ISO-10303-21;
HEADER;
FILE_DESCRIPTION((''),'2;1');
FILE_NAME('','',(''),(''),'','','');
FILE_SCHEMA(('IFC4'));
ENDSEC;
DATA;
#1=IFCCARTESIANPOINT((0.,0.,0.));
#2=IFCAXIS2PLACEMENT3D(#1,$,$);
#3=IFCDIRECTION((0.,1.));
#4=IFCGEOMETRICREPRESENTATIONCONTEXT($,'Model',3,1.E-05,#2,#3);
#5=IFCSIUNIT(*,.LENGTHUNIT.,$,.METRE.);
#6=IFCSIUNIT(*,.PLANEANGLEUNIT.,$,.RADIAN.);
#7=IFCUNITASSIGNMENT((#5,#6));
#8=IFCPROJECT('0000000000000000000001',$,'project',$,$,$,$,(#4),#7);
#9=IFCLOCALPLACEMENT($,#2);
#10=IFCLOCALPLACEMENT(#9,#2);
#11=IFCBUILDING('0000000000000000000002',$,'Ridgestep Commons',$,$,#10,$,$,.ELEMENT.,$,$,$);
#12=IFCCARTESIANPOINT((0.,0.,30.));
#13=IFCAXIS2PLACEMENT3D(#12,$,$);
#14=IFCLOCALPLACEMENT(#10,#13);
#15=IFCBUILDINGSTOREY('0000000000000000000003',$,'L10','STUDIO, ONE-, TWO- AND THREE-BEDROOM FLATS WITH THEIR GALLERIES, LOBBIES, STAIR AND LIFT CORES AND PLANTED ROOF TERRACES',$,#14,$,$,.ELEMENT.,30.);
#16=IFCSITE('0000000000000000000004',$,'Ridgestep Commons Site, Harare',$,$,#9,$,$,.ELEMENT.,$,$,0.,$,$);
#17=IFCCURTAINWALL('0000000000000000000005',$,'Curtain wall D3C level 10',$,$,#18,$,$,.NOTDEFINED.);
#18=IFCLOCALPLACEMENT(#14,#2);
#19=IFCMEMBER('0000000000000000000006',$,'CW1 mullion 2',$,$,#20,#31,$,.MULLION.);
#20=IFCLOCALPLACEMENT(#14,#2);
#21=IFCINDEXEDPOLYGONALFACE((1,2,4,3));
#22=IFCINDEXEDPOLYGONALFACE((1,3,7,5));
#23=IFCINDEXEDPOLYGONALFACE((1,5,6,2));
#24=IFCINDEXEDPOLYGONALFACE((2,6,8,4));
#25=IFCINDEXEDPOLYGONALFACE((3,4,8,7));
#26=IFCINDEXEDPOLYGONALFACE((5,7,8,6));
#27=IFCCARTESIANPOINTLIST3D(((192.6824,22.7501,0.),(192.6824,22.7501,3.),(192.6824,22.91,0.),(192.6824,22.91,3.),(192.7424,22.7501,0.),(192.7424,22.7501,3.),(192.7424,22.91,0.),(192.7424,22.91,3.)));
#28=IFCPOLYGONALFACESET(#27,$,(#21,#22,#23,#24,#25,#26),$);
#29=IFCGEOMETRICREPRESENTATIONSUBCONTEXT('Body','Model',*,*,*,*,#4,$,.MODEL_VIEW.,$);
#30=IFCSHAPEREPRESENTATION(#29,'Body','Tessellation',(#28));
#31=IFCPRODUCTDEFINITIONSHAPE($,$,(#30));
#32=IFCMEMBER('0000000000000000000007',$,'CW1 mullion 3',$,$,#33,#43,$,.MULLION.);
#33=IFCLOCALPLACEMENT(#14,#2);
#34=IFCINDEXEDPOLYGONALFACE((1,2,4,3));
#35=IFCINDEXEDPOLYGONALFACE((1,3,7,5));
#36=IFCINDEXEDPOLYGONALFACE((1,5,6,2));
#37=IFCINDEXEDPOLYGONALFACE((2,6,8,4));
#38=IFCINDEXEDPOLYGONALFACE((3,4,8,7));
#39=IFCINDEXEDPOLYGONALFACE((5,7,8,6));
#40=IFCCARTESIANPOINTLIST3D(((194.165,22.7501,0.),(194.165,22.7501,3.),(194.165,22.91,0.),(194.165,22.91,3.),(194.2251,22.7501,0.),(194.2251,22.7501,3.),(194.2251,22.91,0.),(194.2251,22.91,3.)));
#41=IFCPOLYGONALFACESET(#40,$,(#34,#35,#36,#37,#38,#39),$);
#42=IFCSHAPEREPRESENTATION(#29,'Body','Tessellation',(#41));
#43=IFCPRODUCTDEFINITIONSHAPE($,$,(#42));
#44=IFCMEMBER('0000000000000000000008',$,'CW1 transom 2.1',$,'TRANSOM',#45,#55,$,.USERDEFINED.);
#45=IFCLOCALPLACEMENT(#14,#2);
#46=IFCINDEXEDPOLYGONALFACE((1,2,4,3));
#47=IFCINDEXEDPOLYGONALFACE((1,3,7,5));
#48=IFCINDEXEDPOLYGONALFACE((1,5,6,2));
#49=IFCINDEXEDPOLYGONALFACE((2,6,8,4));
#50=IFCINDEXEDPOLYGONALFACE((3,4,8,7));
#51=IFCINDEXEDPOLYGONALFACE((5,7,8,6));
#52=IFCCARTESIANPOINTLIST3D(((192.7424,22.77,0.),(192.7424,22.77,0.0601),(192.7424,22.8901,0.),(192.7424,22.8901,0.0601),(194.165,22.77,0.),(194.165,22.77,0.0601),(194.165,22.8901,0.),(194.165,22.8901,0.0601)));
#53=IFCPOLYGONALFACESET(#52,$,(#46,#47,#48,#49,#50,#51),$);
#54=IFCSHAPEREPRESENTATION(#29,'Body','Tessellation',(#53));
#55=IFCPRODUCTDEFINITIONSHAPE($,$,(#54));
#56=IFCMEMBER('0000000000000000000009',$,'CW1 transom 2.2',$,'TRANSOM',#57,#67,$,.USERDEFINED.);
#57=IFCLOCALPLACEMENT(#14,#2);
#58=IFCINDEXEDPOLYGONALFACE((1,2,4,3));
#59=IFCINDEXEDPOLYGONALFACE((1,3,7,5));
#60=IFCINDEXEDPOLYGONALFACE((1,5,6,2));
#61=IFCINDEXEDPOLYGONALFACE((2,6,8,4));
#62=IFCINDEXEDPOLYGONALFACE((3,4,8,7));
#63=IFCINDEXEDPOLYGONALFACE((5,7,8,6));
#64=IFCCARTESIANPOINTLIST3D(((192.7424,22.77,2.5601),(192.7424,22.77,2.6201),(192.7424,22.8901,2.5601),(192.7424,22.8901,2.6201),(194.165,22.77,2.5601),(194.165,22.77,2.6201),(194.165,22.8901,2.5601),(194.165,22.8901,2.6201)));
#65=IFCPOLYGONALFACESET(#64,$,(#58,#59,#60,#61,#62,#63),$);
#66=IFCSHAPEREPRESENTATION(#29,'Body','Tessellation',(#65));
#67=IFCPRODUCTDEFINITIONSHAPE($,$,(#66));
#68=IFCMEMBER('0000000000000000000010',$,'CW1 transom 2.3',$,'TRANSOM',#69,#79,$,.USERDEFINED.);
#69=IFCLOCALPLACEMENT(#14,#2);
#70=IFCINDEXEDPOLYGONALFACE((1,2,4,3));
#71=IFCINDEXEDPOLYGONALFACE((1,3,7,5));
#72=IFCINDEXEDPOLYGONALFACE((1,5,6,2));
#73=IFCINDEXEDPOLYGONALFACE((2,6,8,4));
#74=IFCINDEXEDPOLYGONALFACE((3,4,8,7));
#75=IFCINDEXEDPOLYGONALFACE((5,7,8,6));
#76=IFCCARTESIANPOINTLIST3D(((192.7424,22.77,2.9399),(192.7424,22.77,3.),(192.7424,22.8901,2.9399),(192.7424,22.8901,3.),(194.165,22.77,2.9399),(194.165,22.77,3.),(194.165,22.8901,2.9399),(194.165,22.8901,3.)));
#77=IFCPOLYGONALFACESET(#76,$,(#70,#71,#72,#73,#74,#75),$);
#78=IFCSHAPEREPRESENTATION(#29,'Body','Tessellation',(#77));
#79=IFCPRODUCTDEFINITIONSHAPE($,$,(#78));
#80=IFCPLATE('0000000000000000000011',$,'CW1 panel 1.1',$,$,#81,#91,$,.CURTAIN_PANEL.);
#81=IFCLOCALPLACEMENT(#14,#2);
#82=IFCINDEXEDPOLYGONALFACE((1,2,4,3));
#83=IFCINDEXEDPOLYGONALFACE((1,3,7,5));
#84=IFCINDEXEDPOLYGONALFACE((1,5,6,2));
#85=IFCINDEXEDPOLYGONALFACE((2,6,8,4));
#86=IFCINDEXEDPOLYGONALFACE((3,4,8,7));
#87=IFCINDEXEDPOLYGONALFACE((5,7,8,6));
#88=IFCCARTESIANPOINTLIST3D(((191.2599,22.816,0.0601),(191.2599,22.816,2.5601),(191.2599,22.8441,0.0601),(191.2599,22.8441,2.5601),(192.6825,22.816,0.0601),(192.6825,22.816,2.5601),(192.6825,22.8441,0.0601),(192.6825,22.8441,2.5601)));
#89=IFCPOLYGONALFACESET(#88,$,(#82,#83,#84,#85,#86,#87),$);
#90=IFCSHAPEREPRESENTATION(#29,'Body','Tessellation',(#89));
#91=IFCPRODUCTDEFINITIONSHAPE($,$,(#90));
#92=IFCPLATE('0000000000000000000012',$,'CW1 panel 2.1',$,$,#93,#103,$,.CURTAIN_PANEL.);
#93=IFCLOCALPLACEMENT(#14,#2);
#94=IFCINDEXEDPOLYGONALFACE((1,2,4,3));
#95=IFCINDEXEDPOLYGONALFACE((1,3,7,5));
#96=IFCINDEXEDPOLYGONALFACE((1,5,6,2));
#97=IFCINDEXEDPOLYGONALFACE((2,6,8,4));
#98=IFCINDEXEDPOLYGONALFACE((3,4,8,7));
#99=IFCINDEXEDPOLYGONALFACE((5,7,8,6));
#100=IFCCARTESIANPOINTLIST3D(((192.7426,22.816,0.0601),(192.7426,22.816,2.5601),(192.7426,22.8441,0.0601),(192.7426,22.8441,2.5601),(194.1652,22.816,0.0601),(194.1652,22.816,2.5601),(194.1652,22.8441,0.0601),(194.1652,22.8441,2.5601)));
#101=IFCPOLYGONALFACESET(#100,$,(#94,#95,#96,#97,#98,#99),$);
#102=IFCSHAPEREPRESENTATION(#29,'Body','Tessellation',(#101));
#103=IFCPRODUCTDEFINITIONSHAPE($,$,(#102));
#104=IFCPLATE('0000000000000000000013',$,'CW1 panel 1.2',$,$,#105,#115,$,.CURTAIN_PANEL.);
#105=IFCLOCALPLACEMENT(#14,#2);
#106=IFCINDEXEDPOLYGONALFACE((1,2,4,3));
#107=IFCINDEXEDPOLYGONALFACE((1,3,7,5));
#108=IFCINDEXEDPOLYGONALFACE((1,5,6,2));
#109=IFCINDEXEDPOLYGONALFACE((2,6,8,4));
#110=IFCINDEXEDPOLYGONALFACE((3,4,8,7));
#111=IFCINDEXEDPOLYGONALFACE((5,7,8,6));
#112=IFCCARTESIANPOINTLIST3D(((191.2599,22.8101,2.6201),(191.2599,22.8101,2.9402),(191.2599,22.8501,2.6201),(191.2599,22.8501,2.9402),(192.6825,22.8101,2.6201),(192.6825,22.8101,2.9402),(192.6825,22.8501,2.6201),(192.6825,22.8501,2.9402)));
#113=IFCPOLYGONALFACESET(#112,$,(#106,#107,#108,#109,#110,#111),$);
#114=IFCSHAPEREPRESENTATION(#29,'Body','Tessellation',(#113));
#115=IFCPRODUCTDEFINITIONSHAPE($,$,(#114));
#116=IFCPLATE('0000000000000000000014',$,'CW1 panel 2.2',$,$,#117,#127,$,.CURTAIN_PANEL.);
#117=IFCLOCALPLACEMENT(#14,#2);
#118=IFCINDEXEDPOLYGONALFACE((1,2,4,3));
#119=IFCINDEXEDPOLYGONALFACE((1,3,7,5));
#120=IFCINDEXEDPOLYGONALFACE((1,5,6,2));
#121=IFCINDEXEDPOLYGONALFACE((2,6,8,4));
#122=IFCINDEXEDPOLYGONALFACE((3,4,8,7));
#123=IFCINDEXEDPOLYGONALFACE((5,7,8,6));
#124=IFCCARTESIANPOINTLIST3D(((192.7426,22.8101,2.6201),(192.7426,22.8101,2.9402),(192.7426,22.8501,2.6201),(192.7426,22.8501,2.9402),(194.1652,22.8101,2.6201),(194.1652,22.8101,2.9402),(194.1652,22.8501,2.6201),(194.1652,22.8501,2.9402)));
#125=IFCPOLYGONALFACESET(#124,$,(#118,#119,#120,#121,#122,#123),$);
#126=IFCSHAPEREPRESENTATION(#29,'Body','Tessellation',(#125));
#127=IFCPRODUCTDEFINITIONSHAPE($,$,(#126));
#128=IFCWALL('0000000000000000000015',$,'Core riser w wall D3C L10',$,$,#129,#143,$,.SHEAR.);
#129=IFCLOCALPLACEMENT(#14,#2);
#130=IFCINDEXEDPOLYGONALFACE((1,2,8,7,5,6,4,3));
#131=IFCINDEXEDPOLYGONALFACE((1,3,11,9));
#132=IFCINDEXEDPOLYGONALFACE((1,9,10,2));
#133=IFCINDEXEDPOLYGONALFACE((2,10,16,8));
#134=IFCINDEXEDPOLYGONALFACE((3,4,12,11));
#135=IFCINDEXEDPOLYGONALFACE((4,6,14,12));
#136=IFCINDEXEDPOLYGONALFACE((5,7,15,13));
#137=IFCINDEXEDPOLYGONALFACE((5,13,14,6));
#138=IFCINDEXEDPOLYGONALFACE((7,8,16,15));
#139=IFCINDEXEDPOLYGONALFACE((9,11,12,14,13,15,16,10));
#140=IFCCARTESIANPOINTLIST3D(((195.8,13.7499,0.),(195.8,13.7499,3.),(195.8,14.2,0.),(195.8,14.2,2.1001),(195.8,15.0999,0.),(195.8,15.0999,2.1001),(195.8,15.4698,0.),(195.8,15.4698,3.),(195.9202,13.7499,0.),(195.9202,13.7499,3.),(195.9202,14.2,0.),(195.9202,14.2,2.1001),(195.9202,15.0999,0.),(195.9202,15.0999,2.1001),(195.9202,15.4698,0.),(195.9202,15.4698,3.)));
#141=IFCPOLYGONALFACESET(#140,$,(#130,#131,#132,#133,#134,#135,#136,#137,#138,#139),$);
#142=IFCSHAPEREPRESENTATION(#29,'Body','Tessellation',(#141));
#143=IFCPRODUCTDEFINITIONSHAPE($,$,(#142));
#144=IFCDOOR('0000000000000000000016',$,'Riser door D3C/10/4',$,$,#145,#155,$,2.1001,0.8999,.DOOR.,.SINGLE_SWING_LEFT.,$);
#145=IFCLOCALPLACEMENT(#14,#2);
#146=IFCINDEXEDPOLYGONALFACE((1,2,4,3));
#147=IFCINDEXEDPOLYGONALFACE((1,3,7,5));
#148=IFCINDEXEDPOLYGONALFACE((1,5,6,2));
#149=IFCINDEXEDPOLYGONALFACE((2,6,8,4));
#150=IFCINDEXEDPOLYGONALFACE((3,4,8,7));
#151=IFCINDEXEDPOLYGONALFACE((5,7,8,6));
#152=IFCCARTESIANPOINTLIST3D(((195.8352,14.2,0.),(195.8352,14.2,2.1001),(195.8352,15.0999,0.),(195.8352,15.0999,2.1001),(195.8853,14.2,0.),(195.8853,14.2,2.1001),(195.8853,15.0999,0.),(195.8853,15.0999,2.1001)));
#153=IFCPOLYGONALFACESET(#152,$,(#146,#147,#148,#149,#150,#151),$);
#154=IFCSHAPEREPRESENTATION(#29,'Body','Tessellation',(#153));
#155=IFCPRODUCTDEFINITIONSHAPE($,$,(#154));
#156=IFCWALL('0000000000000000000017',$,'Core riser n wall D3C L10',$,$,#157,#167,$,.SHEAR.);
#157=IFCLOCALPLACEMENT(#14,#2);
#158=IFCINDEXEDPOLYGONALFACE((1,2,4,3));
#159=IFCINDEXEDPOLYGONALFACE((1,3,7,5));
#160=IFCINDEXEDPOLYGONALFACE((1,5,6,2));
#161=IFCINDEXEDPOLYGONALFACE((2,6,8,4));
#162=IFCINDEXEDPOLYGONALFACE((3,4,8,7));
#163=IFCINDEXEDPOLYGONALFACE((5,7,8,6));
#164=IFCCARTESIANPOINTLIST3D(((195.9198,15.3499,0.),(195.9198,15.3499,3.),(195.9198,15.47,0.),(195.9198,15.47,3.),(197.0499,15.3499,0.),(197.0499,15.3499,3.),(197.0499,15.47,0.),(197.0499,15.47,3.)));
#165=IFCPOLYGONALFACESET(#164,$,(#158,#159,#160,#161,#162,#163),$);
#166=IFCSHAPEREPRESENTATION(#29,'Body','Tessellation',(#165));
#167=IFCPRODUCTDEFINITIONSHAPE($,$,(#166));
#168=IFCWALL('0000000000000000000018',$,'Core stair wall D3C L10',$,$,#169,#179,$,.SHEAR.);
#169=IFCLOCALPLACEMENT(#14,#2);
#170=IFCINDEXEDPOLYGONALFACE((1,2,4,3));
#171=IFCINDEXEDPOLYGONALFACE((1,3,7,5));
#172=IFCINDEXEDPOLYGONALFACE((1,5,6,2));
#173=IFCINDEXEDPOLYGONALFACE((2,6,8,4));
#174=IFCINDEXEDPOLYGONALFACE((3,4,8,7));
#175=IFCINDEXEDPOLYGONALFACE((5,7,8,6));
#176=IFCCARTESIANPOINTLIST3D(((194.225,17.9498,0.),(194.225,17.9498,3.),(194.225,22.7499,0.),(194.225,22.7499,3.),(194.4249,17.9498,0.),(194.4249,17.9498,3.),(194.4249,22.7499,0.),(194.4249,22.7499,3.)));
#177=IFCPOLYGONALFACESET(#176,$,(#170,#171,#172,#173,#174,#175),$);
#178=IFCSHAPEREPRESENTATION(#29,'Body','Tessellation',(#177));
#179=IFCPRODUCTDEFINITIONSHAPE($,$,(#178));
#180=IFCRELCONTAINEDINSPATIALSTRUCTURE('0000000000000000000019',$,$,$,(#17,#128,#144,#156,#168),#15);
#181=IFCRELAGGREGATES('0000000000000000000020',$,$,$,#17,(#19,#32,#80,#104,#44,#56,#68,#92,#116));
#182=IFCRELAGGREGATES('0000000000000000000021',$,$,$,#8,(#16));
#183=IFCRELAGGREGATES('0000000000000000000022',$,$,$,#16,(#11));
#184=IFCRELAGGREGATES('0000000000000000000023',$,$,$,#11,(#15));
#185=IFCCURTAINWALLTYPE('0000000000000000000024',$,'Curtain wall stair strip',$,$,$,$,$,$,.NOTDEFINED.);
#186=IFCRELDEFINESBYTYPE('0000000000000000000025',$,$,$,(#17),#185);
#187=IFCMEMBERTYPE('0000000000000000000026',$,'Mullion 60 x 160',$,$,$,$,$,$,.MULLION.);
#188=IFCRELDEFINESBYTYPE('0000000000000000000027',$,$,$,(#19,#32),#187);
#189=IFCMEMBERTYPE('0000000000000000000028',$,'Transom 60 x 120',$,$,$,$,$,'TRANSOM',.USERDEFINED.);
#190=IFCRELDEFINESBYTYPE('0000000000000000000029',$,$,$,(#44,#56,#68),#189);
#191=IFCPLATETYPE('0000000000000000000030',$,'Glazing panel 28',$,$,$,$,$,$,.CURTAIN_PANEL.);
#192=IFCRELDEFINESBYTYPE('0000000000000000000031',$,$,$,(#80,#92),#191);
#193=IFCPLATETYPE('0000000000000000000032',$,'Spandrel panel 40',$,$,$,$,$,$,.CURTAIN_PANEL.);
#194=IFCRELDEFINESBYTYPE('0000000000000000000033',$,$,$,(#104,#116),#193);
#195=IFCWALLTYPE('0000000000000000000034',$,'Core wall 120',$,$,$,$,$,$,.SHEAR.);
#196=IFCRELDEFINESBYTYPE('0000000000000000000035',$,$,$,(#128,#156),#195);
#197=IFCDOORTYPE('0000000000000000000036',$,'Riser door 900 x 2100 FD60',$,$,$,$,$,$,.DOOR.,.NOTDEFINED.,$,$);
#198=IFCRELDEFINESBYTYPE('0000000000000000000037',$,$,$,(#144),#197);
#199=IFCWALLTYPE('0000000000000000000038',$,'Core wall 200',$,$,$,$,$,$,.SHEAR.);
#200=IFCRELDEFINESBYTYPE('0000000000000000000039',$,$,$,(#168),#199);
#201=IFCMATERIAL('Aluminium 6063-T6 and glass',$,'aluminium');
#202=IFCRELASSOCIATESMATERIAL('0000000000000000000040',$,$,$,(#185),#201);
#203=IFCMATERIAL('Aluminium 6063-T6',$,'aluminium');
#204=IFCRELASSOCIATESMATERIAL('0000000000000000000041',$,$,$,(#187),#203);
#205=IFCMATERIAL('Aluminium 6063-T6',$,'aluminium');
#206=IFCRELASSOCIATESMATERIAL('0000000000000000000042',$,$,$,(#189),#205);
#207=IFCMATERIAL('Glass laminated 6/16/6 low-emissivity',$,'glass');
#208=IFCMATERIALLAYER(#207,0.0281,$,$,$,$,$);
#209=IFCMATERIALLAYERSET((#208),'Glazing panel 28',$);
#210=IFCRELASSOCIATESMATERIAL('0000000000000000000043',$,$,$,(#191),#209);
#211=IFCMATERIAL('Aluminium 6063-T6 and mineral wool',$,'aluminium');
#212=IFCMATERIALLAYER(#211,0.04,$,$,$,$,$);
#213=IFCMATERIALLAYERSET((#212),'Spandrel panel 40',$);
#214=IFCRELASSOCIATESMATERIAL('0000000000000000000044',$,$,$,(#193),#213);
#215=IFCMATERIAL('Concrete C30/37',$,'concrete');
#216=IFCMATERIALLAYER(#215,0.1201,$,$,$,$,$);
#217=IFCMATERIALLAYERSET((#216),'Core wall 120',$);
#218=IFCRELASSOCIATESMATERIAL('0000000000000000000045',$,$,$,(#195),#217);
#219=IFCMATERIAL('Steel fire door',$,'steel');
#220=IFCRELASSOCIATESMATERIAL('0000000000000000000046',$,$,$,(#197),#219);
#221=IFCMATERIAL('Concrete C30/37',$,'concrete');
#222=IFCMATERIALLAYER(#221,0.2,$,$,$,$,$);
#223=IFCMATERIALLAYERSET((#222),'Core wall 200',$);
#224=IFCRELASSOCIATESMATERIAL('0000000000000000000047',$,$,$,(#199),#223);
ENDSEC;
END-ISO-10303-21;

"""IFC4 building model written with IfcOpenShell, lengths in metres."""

from ifc_helpers import new_model, si_unit, direction, frame, frame_2d, origin, origin_2d, place, context, subcontext, project, spatial, rectangle, extrude, material, layer, layer_set, material_profile, profile_set, type_object, element, fill, aggregate, save


model = new_model("IFC4")

# Units and contexts
model_context = context("Model", 3, precision=1e-05, world=origin(), true_north=direction((0.0, 1.0)))
body_context = subcontext(model_context, "Body", "Model", "MODEL_VIEW")
ifc_project = project(units=[si_unit("LENGTHUNIT", "METRE"), si_unit("PLANEANGLEUNIT", "RADIAN")], contexts=[model_context])

# Site, building, storey
site_placement = place(None, origin())
site = spatial("IfcSite", under=ifc_project, at=site_placement, Name="Ridgestep Commons Site, Harare", CompositionType="ELEMENT", RefElevation=0.0)
building_placement = place(site_placement, origin())
building = spatial("IfcBuilding", under=site, at=building_placement, Name="Ridgestep Commons", CompositionType="ELEMENT")
storey_placement = place(building_placement, frame((0.0, 0.0, 30.0)))
storey = spatial("IfcBuildingStorey", under=building, at=storey_placement, Name="L10", Description="STUDIO, ONE-, TWO- AND THREE-BEDROOM FLATS WITH THEIR GALLERIES, LOBBIES, STAIR AND LIFT CORES AND PLANTED ROOF TERRACES", CompositionType="ELEMENT", Elevation=30.0)

# Curtain wall, members, plates
ifc_material_1 = material(Name="Aluminium 6063-T6 and glass", Category="aluminium")
curtain_wall_type = type_object("IfcCurtainWallType", Name="Curtain wall stair strip", PredefinedType="NOTDEFINED", material=ifc_material_1)
curtain_wall_placement = place(storey_placement, origin())
curtain_wall = element("IfcCurtainWall", 1, at=curtain_wall_placement, inside=storey, type_object=curtain_wall_type, Name="Curtain wall D3C level 10", PredefinedType="NOTDEFINED")
ifc_material_2 = material(Name="Aluminium 6063-T6", Category="aluminium")
ifc_material_profile_1 = material_profile(ifc_material_2, rectangle(XDim=0.1599, YDim=0.0601, at=origin_2d()), Name="Mullion 60 x 160")
ifc_profile_set_1 = profile_set([ifc_material_profile_1], Name="Aluminium 6063-T6")
member_type_1 = type_object("IfcMemberType", Name="Mullion 60 x 160", PredefinedType="MULLION", material=ifc_profile_set_1)
member_1_placement = place(storey_placement, frame((192.7124, 22.8301, 0.0), z_axis=(0.0, 0.0, 1.0), x_axis=(0.0, 1.0, 0.0)))
member_1 = element("IfcMember", 2, at=member_1_placement, type_object=member_type_1, Name="CW1 mullion 2", PredefinedType="MULLION", context=body_context, shape_type="SweptSolid", body=[
    extrude(rectangle(XDim=0.1599, YDim=0.0601, at=origin_2d()), origin(), (0.0, 0.0, 1.0), 3.0),
])
member_2_placement = place(storey_placement, frame((194.1951, 22.8301, 0.0), z_axis=(0.0, 0.0, 1.0), x_axis=(0.0, 1.0, 0.0)))
member_2 = element("IfcMember", 3, at=member_2_placement, type_object=member_type_1, Name="CW1 mullion 3", PredefinedType="MULLION", context=body_context, shape_type="SweptSolid", body=[
    extrude(rectangle(XDim=0.1599, YDim=0.0601, at=origin_2d()), origin(), (0.0, 0.0, 1.0), 3.0),
])
ifc_material_3 = material(Name="Aluminium 6063-T6", Category="aluminium")
ifc_material_profile_2 = material_profile(ifc_material_3, rectangle(XDim=0.1201, YDim=0.0601, at=origin_2d()), Name="Transom 60 x 120")
ifc_profile_set_2 = profile_set([ifc_material_profile_2], Name="Aluminium 6063-T6")
member_type_2 = type_object("IfcMemberType", Name="Transom 60 x 120", ElementType="TRANSOM", PredefinedType="USERDEFINED", material=ifc_profile_set_2)
member_3_placement = place(storey_placement, frame((192.7424, 22.8301, 0.03), z_axis=(1.0, 0.0, 0.0), x_axis=(0.0, 1.0, 0.0)))
member_3 = element("IfcMember", 4, at=member_3_placement, type_object=member_type_2, Name="CW1 transom 2.1", ObjectType="TRANSOM", PredefinedType="USERDEFINED", context=body_context, shape_type="SweptSolid", body=[
    extrude(rectangle(XDim=0.1201, YDim=0.0601, at=origin_2d()), origin(), (0.0, 0.0, 1.0), 1.4226),
])
member_4_placement = place(storey_placement, frame((192.7424, 22.8301, 2.5901), z_axis=(1.0, 0.0, 0.0), x_axis=(0.0, 1.0, 0.0)))
member_4 = element("IfcMember", 5, at=member_4_placement, type_object=member_type_2, Name="CW1 transom 2.2", ObjectType="TRANSOM", PredefinedType="USERDEFINED", context=body_context, shape_type="SweptSolid", body=[
    extrude(rectangle(XDim=0.1201, YDim=0.0601, at=origin_2d()), origin(), (0.0, 0.0, 1.0), 1.4226),
])
member_5_placement = place(storey_placement, frame((192.7424, 22.8301, 2.97), z_axis=(1.0, 0.0, 0.0), x_axis=(0.0, 1.0, 0.0)))
member_5 = element("IfcMember", 6, at=member_5_placement, type_object=member_type_2, Name="CW1 transom 2.3", ObjectType="TRANSOM", PredefinedType="USERDEFINED", context=body_context, shape_type="SweptSolid", body=[
    extrude(rectangle(XDim=0.1201, YDim=0.0601, at=origin_2d()), origin(), (0.0, 0.0, 1.0), 1.4226),
])
ifc_material_4 = material(Name="Glass laminated 6/16/6 low-emissivity", Category="glass")
ifc_layer_1 = layer(ifc_material_4, 0.0281)
ifc_layer_set_1 = layer_set([ifc_layer_1], Name="Glazing panel 28")
plate_type_1 = type_object("IfcPlateType", Name="Glazing panel 28", PredefinedType="CURTAIN_PANEL", material=ifc_layer_set_1)
plate_1_placement = place(storey_placement, frame((191.9712, 22.8301, 0.0601), z_axis=(0.0, 0.0, 1.0), x_axis=(1.0, 0.0, 0.0)))
plate_1 = element("IfcPlate", 7, at=plate_1_placement, type_object=plate_type_1, Name="CW1 panel 1.1", PredefinedType="CURTAIN_PANEL", context=body_context, shape_type="SweptSolid", body=[
    extrude(rectangle(XDim=1.4226, YDim=0.0281, at=origin_2d()), origin(), (0.0, 0.0, 1.0), 2.5),
])
plate_2_placement = place(storey_placement, frame((193.4539, 22.8301, 0.0601), z_axis=(0.0, 0.0, 1.0), x_axis=(1.0, 0.0, 0.0)))
plate_2 = element("IfcPlate", 8, at=plate_2_placement, type_object=plate_type_1, Name="CW1 panel 2.1", PredefinedType="CURTAIN_PANEL", context=body_context, shape_type="SweptSolid", body=[
    extrude(rectangle(XDim=1.4226, YDim=0.0281, at=origin_2d()), origin(), (0.0, 0.0, 1.0), 2.5),
])
ifc_material_5 = material(Name="Aluminium 6063-T6 and mineral wool", Category="aluminium")
ifc_layer_2 = layer(ifc_material_5, 0.04)
ifc_layer_set_2 = layer_set([ifc_layer_2], Name="Spandrel panel 40")
plate_type_2 = type_object("IfcPlateType", Name="Spandrel panel 40", PredefinedType="CURTAIN_PANEL", material=ifc_layer_set_2)
plate_3_placement = place(storey_placement, frame((191.9712, 22.8301, 2.6201), z_axis=(0.0, 0.0, 1.0), x_axis=(1.0, 0.0, 0.0)))
plate_3 = element("IfcPlate", 9, at=plate_3_placement, type_object=plate_type_2, Name="CW1 panel 1.2", PredefinedType="CURTAIN_PANEL", context=body_context, shape_type="SweptSolid", body=[
    extrude(rectangle(XDim=1.4226, YDim=0.04, at=origin_2d()), origin(), (0.0, 0.0, 1.0), 0.3201),
])
plate_4_placement = place(storey_placement, frame((193.4539, 22.8301, 2.6201), z_axis=(0.0, 0.0, 1.0), x_axis=(1.0, 0.0, 0.0)))
plate_4 = element("IfcPlate", 10, at=plate_4_placement, type_object=plate_type_2, Name="CW1 panel 2.2", PredefinedType="CURTAIN_PANEL", context=body_context, shape_type="SweptSolid", body=[
    extrude(rectangle(XDim=1.4226, YDim=0.04, at=origin_2d()), origin(), (0.0, 0.0, 1.0), 0.3201),
])
aggregate(curtain_wall, [member_1, member_2, plate_1, plate_3, member_3, member_4, member_5, plate_2, plate_4])

# Wall, opening, door
ifc_material_6 = material(Name="Concrete C30/37", Category="concrete")
ifc_layer_3 = layer(ifc_material_6, 0.1201)
ifc_layer_set_3 = layer_set([ifc_layer_3], Name="Core wall 120")
wall_type_1 = type_object("IfcWallType", Name="Core wall 120", PredefinedType="SHEAR", material=ifc_layer_set_3)
wall_1_placement = place(storey_placement, frame((195.8601, 13.75, 0.0), z_axis=(0.0, 0.0, 1.0), x_axis=(0.0, 1.0, 0.0)))
wall_1 = element("IfcWall", 11, at=wall_1_placement, inside=storey, type_object=wall_type_1, Name="Core riser w wall D3C L10", PredefinedType="SHEAR", context=body_context, shape_type="SweptSolid", body=[
    extrude(rectangle(XDim=1.72, YDim=0.1201, at=frame_2d((0.8599, 0.0))), origin(), (0.0, 0.0, 1.0), 3.0),
])
opening_1_placement = place(wall_1_placement, frame((0.45, 0.0, 0.0)))
opening_1 = element("IfcOpeningElement", 12, at=opening_1_placement, cuts=wall_1, PredefinedType="OPENING", context=body_context, shape_type="SweptSolid", body=[
    extrude(rectangle(XDim=0.8999, YDim=2.1001, at=frame_2d((0.45, 1.05))), frame((0.0, 0.0701, 0.0), z_axis=(0.0, -1.0, 0.0), x_axis=(1.0, 0.0, 0.0)), (0.0, 0.0, 1.0), 0.1401),
])
ifc_material_7 = material(Name="Steel fire door", Category="steel")
door_type_1 = type_object("IfcDoorType", Name="Riser door 900 x 2100 FD60", OperationType="NOTDEFINED", PredefinedType="DOOR", material=ifc_material_7)
door_1_placement = place(opening_1_placement, origin())
door_1 = element("IfcDoor", 13, at=door_1_placement, inside=storey, type_object=door_type_1, Name="Riser door D3C/10/4", OperationType="SINGLE_SWING_LEFT", OverallHeight=2.1001, OverallWidth=0.8999, PredefinedType="DOOR", context=body_context, shape_type="SweptSolid", body=[
    extrude(rectangle(XDim=0.8999, YDim=2.1001, at=frame_2d((0.45, 1.05))), frame((0.0, 0.0249, 0.0), z_axis=(0.0, -1.0, 0.0), x_axis=(1.0, 0.0, 0.0)), (0.0, 0.0, 1.0), 0.05),
])
fill(opening_1, door_1)

# Walls
wall_2_placement = place(storey_placement, frame((195.9199, 15.4099, 0.0), z_axis=(0.0, 0.0, 1.0), x_axis=(1.0, 0.0, 0.0)))
element("IfcWall", 14, at=wall_2_placement, inside=storey, type_object=wall_type_1, Name="Core riser n wall D3C L10", PredefinedType="SHEAR", context=body_context, shape_type="SweptSolid", body=[
    extrude(rectangle(XDim=1.1301, YDim=0.1201, at=frame_2d((0.5649, 0.0))), origin(), (0.0, 0.0, 1.0), 3.0),
])
ifc_material_8 = material(Name="Concrete C30/37", Category="concrete")
ifc_layer_4 = layer(ifc_material_8, 0.2)
ifc_layer_set_4 = layer_set([ifc_layer_4], Name="Core wall 200")
wall_type_2 = type_object("IfcWallType", Name="Core wall 200", PredefinedType="SHEAR", material=ifc_layer_set_4)
wall_3_placement = place(storey_placement, frame((194.325, 17.95, 0.0), z_axis=(0.0, 0.0, 1.0), x_axis=(0.0, 1.0, 0.0)))
element("IfcWall", 15, at=wall_3_placement, inside=storey, type_object=wall_type_2, Name="Core stair wall D3C L10", PredefinedType="SHEAR", context=body_context, shape_type="SweptSolid", body=[
    extrude(rectangle(XDim=4.8, YDim=0.2, at=frame_2d((2.3999, 0.0))), origin(), (0.0, 0.0, 1.0), 3.0),
])

save(model, "model.ifc")
